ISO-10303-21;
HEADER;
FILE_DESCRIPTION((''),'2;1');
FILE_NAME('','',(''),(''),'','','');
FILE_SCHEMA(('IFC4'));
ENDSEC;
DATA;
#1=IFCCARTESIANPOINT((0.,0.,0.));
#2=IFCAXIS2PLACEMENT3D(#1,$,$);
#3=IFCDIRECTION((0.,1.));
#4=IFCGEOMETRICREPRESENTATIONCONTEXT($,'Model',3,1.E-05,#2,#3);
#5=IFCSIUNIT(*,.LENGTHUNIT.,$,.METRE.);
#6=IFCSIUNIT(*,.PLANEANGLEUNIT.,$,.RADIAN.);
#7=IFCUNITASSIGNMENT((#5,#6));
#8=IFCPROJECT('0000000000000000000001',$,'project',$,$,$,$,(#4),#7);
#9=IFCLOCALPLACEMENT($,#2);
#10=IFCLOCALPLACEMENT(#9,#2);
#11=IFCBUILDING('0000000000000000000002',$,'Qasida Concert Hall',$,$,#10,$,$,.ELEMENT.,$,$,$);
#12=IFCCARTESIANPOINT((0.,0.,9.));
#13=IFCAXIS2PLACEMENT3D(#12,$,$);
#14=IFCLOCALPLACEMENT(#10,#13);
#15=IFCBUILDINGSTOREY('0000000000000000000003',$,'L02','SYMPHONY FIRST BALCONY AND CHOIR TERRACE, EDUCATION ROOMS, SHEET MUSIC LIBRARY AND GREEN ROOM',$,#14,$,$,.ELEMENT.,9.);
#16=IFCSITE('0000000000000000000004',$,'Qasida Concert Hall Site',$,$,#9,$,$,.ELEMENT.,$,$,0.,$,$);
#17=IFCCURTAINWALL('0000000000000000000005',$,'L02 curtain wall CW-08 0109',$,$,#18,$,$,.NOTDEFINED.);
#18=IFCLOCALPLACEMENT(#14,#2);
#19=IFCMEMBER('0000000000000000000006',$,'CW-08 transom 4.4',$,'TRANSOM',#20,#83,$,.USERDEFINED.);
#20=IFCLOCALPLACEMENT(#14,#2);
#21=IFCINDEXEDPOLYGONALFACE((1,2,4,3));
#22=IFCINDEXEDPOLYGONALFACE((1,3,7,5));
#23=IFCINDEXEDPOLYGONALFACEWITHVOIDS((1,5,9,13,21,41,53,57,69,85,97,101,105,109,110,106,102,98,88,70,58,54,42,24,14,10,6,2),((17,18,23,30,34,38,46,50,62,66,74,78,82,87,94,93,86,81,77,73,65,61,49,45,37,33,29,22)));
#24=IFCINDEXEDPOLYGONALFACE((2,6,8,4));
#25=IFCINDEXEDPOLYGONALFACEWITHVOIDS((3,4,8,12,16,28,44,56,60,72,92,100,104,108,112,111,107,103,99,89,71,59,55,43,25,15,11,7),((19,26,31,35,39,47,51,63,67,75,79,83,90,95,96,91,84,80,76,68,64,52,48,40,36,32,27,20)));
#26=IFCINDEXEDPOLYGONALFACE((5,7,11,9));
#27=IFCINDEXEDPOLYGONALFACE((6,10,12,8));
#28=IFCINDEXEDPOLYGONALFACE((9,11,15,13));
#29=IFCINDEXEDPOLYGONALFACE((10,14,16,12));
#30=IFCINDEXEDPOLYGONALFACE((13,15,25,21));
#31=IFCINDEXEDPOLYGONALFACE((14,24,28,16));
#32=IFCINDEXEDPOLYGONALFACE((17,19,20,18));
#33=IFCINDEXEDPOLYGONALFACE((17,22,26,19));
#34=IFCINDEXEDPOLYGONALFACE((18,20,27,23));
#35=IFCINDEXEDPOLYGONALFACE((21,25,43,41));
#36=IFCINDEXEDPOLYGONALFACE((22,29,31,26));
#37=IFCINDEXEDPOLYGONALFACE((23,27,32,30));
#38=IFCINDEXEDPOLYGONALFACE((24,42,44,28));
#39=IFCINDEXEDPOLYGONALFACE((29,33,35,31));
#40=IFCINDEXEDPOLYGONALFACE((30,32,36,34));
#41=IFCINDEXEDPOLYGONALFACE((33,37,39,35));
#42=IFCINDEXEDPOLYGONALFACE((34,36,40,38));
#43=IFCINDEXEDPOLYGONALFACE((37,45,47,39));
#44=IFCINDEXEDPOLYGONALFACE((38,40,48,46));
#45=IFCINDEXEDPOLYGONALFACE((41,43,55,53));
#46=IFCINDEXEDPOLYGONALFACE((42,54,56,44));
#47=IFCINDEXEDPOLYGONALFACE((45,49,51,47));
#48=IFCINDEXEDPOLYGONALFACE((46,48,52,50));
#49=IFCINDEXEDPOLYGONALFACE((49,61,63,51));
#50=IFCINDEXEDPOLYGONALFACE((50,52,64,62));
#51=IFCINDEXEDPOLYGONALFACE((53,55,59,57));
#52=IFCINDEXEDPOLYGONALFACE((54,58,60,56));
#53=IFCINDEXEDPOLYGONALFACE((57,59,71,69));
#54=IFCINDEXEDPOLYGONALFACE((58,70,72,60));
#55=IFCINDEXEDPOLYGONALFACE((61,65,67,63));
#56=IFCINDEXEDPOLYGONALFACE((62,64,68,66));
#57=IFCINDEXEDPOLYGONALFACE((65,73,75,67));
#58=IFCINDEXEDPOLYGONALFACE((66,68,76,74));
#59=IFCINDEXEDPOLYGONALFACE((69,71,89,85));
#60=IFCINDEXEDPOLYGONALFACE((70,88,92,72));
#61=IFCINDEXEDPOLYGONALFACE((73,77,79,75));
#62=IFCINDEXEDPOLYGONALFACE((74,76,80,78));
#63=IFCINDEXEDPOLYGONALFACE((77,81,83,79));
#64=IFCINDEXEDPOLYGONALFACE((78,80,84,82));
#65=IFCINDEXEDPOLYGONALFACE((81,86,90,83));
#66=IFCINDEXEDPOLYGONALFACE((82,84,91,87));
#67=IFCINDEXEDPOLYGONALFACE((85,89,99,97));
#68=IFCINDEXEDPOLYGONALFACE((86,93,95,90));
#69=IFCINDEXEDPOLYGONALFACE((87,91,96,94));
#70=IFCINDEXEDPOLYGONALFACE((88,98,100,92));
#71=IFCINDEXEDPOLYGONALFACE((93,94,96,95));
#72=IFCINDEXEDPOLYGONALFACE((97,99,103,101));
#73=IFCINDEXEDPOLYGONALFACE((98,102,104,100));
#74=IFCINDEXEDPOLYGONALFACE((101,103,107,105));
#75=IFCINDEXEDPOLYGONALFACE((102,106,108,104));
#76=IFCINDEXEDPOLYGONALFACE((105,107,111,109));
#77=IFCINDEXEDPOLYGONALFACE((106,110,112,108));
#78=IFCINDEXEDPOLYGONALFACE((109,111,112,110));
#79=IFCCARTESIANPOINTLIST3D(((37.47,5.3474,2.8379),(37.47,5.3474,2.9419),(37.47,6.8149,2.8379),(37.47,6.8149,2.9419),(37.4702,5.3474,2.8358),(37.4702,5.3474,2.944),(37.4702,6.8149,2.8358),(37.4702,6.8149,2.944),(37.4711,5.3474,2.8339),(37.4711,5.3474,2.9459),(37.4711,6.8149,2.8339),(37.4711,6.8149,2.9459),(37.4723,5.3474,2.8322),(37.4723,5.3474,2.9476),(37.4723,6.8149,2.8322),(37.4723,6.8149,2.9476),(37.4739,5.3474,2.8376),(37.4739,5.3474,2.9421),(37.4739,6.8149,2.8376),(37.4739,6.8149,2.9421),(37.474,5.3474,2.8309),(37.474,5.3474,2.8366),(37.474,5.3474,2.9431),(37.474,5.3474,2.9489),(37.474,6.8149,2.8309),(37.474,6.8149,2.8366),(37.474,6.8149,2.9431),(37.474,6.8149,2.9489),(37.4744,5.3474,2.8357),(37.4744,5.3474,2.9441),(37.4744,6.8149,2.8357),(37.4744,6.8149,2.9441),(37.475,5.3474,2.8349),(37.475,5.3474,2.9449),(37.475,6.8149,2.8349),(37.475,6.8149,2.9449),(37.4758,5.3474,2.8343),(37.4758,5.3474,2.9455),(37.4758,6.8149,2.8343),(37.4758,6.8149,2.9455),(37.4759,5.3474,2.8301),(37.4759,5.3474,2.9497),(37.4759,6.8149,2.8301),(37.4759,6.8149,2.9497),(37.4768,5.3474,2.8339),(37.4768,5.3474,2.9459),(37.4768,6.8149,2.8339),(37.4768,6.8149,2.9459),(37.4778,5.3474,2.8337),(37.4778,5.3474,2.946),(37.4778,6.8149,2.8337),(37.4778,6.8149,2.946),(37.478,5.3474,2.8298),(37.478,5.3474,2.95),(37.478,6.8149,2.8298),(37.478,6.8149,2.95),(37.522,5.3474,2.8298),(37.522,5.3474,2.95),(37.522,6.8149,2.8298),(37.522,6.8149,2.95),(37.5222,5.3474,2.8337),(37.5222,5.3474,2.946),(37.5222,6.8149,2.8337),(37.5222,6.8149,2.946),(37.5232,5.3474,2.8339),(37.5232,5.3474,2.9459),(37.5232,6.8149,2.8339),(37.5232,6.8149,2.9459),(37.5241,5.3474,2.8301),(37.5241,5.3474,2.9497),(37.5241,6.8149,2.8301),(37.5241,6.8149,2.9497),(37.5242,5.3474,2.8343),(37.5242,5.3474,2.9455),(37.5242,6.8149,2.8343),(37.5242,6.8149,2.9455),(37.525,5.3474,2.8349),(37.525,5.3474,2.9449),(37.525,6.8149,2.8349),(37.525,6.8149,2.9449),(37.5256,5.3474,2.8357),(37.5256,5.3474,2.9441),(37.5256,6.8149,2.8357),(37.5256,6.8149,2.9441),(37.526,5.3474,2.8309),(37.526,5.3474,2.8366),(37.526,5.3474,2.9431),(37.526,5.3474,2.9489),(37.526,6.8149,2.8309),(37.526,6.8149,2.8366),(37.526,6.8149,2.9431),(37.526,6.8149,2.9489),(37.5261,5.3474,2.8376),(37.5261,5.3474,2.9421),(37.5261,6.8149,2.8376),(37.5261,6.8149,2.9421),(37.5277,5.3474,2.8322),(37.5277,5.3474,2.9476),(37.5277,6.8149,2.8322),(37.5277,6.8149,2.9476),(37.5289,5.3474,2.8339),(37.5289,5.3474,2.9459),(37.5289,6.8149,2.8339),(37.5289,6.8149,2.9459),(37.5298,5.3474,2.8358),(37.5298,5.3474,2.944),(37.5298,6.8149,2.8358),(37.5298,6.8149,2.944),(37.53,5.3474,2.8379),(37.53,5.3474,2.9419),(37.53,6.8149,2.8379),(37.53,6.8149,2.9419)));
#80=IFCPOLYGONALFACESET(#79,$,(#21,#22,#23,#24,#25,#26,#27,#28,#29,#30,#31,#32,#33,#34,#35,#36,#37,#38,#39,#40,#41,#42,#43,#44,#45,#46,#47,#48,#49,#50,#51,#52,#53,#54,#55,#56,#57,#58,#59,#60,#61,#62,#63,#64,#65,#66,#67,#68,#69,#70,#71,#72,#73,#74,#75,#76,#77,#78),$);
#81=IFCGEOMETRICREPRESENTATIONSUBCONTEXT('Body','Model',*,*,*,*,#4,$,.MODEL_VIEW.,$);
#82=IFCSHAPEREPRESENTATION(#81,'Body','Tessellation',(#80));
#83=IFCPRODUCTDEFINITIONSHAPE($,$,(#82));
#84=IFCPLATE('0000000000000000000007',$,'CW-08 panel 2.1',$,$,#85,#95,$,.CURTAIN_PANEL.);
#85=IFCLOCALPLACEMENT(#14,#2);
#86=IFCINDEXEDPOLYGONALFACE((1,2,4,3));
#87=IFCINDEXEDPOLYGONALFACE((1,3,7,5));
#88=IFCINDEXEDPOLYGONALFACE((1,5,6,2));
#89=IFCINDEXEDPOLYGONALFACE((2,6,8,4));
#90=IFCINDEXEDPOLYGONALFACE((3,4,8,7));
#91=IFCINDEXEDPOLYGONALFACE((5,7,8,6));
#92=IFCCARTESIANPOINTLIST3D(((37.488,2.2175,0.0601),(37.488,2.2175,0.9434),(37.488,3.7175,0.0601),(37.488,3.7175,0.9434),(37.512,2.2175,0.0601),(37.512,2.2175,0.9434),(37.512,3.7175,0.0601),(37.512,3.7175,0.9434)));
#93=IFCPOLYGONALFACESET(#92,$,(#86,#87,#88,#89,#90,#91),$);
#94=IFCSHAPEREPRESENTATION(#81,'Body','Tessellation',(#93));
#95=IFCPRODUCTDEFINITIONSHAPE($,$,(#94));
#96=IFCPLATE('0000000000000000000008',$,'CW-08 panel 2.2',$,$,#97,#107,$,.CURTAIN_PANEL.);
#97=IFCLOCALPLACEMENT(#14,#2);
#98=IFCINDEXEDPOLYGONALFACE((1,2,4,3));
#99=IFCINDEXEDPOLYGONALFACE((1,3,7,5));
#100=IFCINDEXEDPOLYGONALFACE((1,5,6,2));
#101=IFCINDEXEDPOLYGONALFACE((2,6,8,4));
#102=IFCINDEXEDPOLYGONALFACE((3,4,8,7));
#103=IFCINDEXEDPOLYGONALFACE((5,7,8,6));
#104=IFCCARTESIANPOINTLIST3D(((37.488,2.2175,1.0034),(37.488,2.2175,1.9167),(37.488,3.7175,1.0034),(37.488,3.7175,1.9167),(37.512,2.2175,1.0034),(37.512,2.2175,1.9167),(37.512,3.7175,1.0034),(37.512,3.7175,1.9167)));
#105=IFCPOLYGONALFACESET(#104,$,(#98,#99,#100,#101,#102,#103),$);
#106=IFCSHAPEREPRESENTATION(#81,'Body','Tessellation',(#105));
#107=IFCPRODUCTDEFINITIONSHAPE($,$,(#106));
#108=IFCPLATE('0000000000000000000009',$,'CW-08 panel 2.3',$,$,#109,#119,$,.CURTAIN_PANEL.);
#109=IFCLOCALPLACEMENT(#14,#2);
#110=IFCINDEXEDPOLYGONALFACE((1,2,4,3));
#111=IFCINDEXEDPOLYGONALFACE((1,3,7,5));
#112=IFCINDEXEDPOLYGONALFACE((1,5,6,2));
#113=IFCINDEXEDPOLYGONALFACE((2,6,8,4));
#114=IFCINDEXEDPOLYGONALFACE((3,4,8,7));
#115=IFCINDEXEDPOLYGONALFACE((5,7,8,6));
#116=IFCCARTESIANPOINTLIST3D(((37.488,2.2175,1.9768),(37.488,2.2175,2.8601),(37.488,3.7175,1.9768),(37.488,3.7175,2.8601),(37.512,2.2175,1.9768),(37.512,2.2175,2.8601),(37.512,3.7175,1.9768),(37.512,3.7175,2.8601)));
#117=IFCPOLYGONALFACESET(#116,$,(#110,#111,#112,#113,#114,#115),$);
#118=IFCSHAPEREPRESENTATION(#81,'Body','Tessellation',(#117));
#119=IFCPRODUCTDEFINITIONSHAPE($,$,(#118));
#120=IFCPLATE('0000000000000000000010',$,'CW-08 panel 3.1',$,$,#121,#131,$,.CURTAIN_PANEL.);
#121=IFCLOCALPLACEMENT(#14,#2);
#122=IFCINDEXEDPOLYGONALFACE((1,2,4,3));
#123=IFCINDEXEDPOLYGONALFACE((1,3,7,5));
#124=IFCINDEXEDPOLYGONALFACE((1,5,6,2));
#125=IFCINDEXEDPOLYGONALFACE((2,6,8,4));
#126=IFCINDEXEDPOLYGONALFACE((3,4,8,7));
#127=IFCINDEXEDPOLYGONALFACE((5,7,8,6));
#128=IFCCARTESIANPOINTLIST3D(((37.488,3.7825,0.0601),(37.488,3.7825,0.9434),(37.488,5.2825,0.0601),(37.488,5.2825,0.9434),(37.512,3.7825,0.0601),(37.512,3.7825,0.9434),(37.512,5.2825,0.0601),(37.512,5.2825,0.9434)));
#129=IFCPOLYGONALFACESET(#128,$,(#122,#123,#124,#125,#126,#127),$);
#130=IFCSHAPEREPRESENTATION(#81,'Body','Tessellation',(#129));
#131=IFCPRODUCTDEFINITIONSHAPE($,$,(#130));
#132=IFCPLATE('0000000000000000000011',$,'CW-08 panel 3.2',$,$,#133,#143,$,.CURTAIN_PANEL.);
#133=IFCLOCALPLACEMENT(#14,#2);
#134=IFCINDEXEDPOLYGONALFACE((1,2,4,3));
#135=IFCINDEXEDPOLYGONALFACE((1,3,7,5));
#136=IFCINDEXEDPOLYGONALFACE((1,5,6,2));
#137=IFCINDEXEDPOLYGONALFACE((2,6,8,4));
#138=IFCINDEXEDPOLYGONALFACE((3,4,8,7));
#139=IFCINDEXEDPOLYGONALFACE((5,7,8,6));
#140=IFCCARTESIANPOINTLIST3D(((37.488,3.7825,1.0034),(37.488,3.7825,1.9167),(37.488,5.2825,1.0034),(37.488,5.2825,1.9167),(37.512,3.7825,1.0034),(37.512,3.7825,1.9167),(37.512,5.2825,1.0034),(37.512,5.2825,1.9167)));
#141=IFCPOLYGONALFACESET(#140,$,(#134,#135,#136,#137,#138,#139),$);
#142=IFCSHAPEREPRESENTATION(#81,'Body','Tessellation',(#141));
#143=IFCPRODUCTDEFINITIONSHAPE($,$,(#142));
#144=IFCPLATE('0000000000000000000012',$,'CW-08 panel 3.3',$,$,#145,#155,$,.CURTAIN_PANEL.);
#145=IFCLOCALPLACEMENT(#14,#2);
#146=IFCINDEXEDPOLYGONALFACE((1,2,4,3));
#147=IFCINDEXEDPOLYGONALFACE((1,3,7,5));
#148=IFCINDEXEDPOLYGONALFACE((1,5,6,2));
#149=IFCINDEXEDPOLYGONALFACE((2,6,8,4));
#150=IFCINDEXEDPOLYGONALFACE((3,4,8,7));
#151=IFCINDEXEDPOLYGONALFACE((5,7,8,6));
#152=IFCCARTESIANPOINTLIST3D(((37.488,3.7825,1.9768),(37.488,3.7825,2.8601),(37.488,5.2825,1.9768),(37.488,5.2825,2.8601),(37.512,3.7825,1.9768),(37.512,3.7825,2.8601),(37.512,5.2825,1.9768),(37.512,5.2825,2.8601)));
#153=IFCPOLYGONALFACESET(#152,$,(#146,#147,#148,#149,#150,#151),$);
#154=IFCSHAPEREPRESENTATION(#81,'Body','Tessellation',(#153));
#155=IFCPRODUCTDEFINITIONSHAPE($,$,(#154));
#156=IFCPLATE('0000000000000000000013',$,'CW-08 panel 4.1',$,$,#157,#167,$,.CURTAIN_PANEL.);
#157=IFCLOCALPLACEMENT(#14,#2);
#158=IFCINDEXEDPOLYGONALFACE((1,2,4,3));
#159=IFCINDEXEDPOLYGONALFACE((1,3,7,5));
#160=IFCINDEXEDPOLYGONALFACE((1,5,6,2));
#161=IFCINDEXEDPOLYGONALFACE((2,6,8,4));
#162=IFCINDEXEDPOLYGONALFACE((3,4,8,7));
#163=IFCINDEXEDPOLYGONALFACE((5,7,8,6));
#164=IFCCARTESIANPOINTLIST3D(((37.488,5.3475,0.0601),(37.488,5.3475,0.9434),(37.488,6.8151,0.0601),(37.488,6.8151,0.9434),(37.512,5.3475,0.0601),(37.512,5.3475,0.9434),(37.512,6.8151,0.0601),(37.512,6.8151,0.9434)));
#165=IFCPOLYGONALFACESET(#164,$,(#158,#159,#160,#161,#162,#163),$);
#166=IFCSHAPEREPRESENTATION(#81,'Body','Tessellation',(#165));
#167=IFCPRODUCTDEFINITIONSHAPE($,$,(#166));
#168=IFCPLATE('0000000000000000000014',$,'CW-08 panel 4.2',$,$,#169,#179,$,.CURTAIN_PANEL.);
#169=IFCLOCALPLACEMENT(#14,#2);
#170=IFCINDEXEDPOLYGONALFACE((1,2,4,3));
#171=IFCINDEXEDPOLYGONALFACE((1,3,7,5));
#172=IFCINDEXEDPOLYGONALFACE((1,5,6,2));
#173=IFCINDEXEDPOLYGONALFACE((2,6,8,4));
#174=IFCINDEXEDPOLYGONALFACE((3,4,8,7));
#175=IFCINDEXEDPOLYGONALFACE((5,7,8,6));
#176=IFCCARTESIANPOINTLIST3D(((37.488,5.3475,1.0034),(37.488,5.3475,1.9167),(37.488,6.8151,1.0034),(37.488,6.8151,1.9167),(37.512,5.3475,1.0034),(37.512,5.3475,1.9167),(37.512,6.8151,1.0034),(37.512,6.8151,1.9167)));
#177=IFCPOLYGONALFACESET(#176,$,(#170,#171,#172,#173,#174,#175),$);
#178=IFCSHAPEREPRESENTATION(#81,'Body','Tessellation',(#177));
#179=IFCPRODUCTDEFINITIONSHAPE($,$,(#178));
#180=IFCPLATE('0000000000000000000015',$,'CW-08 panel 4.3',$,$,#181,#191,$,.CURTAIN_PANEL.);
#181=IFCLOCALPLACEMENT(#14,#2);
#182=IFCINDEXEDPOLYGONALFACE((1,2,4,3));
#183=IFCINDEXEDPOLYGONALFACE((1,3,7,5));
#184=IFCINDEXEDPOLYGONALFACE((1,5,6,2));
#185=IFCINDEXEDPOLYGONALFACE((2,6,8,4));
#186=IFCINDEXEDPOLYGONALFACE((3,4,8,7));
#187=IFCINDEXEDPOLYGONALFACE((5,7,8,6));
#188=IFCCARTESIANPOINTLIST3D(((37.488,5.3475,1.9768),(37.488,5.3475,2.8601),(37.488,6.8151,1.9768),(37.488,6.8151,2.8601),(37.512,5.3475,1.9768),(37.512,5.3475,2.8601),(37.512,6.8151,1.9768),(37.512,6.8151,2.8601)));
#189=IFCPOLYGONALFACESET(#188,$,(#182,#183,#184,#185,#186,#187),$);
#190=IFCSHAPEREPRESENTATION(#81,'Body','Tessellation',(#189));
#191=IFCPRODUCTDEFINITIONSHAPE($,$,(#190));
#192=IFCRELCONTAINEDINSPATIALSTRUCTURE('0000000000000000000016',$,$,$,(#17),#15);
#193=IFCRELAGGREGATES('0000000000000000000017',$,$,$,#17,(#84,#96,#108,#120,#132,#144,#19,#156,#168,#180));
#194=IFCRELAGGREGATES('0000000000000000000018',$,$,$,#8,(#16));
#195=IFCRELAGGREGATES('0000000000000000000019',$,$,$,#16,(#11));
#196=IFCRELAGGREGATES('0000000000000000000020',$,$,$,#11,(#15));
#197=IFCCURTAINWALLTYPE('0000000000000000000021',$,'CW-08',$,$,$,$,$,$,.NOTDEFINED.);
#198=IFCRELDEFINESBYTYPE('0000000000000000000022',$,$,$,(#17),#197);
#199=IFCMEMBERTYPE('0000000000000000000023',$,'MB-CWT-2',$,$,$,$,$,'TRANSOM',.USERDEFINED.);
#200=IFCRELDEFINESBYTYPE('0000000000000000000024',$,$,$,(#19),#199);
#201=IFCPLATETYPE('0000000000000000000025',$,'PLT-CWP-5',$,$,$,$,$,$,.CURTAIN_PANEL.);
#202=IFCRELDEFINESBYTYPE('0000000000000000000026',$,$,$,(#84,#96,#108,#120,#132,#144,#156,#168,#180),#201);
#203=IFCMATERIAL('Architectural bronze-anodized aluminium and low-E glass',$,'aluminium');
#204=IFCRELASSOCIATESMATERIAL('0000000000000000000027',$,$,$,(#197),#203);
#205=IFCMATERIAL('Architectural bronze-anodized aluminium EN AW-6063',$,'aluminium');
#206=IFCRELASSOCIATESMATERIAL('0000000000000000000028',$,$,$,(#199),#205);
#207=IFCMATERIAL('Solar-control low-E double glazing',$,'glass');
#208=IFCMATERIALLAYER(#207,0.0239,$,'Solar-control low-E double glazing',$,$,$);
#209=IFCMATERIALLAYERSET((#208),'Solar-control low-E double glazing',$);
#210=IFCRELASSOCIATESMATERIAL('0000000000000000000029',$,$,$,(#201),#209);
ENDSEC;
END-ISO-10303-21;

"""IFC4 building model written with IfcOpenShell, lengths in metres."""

from ifc_helpers import new_model, si_unit, direction, frame, origin, origin_2d, place, context, subcontext, project, spatial, rectangle, hollow_rectangle, extrude, material, layer, layer_set, material_profile, profile_set, type_object, element, aggregate, save


model = new_model("IFC4")

# Units and contexts
model_context = context("Model", 3, precision=1e-05, world=origin(), true_north=direction((0.0, 1.0)))
body_context = subcontext(model_context, "Body", "Model", "MODEL_VIEW")
ifc_project = project(units=[si_unit("LENGTHUNIT", "METRE"), si_unit("PLANEANGLEUNIT", "RADIAN")], contexts=[model_context])

# Site, building, storey
site_placement = place(None, origin())
site = spatial("IfcSite", under=ifc_project, at=site_placement, Name="Qasida Concert Hall Site", CompositionType="ELEMENT", RefElevation=0.0)
building_placement = place(site_placement, origin())
building = spatial("IfcBuilding", under=site, at=building_placement, Name="Qasida Concert Hall", CompositionType="ELEMENT")
storey_placement = place(building_placement, frame((0.0, 0.0, 9.0)))
storey = spatial("IfcBuildingStorey", under=building, at=storey_placement, Name="L02", Description="SYMPHONY FIRST BALCONY AND CHOIR TERRACE, EDUCATION ROOMS, SHEET MUSIC LIBRARY AND GREEN ROOM", CompositionType="ELEMENT", Elevation=9.0)

# Curtain wall, member, plates
ifc_material_1 = material(Name="Architectural bronze-anodized aluminium and low-E glass", Category="aluminium")
curtain_wall_type = type_object("IfcCurtainWallType", Name="CW-08", PredefinedType="NOTDEFINED", material=ifc_material_1)
curtain_wall_placement = place(storey_placement, origin())
curtain_wall = element("IfcCurtainWall", 1, at=curtain_wall_placement, inside=storey, type_object=curtain_wall_type, Name="L02 curtain wall CW-08 0109", PredefinedType="NOTDEFINED")
ifc_material_2 = material(Name="Architectural bronze-anodized aluminium EN AW-6063", Category="aluminium")
ifc_material_profile_1 = material_profile(ifc_material_2, hollow_rectangle(XDim=0.0601, YDim=0.1201, WallThickness=0.0039, InnerFilletRadius=0.0039, OuterFilletRadius=0.0081, at=origin_2d()), Name="CWT 120x60x4")
ifc_profile_set_1 = profile_set([ifc_material_profile_1], Name="Architectural bronze-anodized aluminium EN AW-6063")
member_type_1 = type_object("IfcMemberType", Name="MB-CWT-2", ElementType="TRANSOM", PredefinedType="USERDEFINED", material=ifc_profile_set_1)
member_1_placement = place(storey_placement, frame((37.5, 5.3474, 2.8899), z_axis=(0.0, 1.0, 0.0), x_axis=(-1.0, 0.0, 0.0)))
member_1 = element("IfcMember", 2, at=member_1_placement, type_object=member_type_1, Name="CW-08 transom 4.4", ObjectType="TRANSOM", PredefinedType="USERDEFINED", context=body_context, shape_type="SweptSolid", body=[
    extrude(hollow_rectangle(XDim=0.0601, YDim=0.1201, WallThickness=0.0039, InnerFilletRadius=0.0039, OuterFilletRadius=0.0081, at=origin_2d()), origin(), (0.0, 0.0, 1.0), 1.4675),
])
ifc_material_3 = material(Name="Solar-control low-E double glazing", Category="glass")
ifc_layer = layer(ifc_material_3, 0.0239, Name="Solar-control low-E double glazing")
ifc_layer_set = layer_set([ifc_layer], Name="Solar-control low-E double glazing")
plate_type = type_object("IfcPlateType", Name="PLT-CWP-5", PredefinedType="CURTAIN_PANEL", material=ifc_layer_set)
plate_1_placement = place(storey_placement, frame((37.5, 2.9675, 0.0601), z_axis=(0.0, 0.0, 1.0), x_axis=(0.0, 1.0, 0.0)))
plate_1 = element("IfcPlate", 3, at=plate_1_placement, type_object=plate_type, Name="CW-08 panel 2.1", PredefinedType="CURTAIN_PANEL", context=body_context, shape_type="SweptSolid", body=[
    extrude(rectangle(XDim=1.5, YDim=0.0239, at=origin_2d()), origin(), (0.0, 0.0, 1.0), 0.8833),
])
plate_2_placement = place(storey_placement, frame((37.5, 2.9675, 1.0034), z_axis=(0.0, 0.0, 1.0), x_axis=(0.0, 1.0, 0.0)))
plate_2 = element("IfcPlate", 4, at=plate_2_placement, type_object=plate_type, Name="CW-08 panel 2.2", PredefinedType="CURTAIN_PANEL", context=body_context, shape_type="SweptSolid", body=[
    extrude(rectangle(XDim=1.5, YDim=0.0239, at=origin_2d()), origin(), (0.0, 0.0, 1.0), 0.9133),
])
plate_3_placement = place(storey_placement, frame((37.5, 2.9675, 1.9768), z_axis=(0.0, 0.0, 1.0), x_axis=(0.0, 1.0, 0.0)))
plate_3 = element("IfcPlate", 5, at=plate_3_placement, type_object=plate_type, Name="CW-08 panel 2.3", PredefinedType="CURTAIN_PANEL", context=body_context, shape_type="SweptSolid", body=[
    extrude(rectangle(XDim=1.5, YDim=0.0239, at=origin_2d()), origin(), (0.0, 0.0, 1.0), 0.8833),
])
plate_4_placement = place(storey_placement, frame((37.5, 4.5325, 0.0601), z_axis=(0.0, 0.0, 1.0), x_axis=(0.0, 1.0, 0.0)))
plate_4 = element("IfcPlate", 6, at=plate_4_placement, type_object=plate_type, Name="CW-08 panel 3.1", PredefinedType="CURTAIN_PANEL", context=body_context, shape_type="SweptSolid", body=[
    extrude(rectangle(XDim=1.5, YDim=0.0239, at=origin_2d()), origin(), (0.0, 0.0, 1.0), 0.8833),
])
plate_5_placement = place(storey_placement, frame((37.5, 4.5325, 1.0034), z_axis=(0.0, 0.0, 1.0), x_axis=(0.0, 1.0, 0.0)))
plate_5 = element("IfcPlate", 7, at=plate_5_placement, type_object=plate_type, Name="CW-08 panel 3.2", PredefinedType="CURTAIN_PANEL", context=body_context, shape_type="SweptSolid", body=[
    extrude(rectangle(XDim=1.5, YDim=0.0239, at=origin_2d()), origin(), (0.0, 0.0, 1.0), 0.9133),
])
plate_6_placement = place(storey_placement, frame((37.5, 4.5325, 1.9768), z_axis=(0.0, 0.0, 1.0), x_axis=(0.0, 1.0, 0.0)))
plate_6 = element("IfcPlate", 8, at=plate_6_placement, type_object=plate_type, Name="CW-08 panel 3.3", PredefinedType="CURTAIN_PANEL", context=body_context, shape_type="SweptSolid", body=[
    extrude(rectangle(XDim=1.5, YDim=0.0239, at=origin_2d()), origin(), (0.0, 0.0, 1.0), 0.8833),
])
plate_7_placement = place(storey_placement, frame((37.5, 6.0813, 0.0601), z_axis=(0.0, 0.0, 1.0), x_axis=(0.0, 1.0, 0.0)))
plate_7 = element("IfcPlate", 9, at=plate_7_placement, type_object=plate_type, Name="CW-08 panel 4.1", PredefinedType="CURTAIN_PANEL", context=body_context, shape_type="SweptSolid", body=[
    extrude(rectangle(XDim=1.4675, YDim=0.0239, at=origin_2d()), origin(), (0.0, 0.0, 1.0), 0.8833),
])
plate_8_placement = place(storey_placement, frame((37.5, 6.0813, 1.0034), z_axis=(0.0, 0.0, 1.0), x_axis=(0.0, 1.0, 0.0)))
plate_8 = element("IfcPlate", 10, at=plate_8_placement, type_object=plate_type, Name="CW-08 panel 4.2", PredefinedType="CURTAIN_PANEL", context=body_context, shape_type="SweptSolid", body=[
    extrude(rectangle(XDim=1.4675, YDim=0.0239, at=origin_2d()), origin(), (0.0, 0.0, 1.0), 0.9133),
])
plate_9_placement = place(storey_placement, frame((37.5, 6.0813, 1.9768), z_axis=(0.0, 0.0, 1.0), x_axis=(0.0, 1.0, 0.0)))
plate_9 = element("IfcPlate", 11, at=plate_9_placement, type_object=plate_type, Name="CW-08 panel 4.3", PredefinedType="CURTAIN_PANEL", context=body_context, shape_type="SweptSolid", body=[
    extrude(rectangle(XDim=1.4675, YDim=0.0239, at=origin_2d()), origin(), (0.0, 0.0, 1.0), 0.8833),
])
aggregate(curtain_wall, [plate_1, plate_2, plate_3, plate_4, plate_5, plate_6, member_1, plate_7, plate_8, plate_9])

save(model, "model.ifc")
